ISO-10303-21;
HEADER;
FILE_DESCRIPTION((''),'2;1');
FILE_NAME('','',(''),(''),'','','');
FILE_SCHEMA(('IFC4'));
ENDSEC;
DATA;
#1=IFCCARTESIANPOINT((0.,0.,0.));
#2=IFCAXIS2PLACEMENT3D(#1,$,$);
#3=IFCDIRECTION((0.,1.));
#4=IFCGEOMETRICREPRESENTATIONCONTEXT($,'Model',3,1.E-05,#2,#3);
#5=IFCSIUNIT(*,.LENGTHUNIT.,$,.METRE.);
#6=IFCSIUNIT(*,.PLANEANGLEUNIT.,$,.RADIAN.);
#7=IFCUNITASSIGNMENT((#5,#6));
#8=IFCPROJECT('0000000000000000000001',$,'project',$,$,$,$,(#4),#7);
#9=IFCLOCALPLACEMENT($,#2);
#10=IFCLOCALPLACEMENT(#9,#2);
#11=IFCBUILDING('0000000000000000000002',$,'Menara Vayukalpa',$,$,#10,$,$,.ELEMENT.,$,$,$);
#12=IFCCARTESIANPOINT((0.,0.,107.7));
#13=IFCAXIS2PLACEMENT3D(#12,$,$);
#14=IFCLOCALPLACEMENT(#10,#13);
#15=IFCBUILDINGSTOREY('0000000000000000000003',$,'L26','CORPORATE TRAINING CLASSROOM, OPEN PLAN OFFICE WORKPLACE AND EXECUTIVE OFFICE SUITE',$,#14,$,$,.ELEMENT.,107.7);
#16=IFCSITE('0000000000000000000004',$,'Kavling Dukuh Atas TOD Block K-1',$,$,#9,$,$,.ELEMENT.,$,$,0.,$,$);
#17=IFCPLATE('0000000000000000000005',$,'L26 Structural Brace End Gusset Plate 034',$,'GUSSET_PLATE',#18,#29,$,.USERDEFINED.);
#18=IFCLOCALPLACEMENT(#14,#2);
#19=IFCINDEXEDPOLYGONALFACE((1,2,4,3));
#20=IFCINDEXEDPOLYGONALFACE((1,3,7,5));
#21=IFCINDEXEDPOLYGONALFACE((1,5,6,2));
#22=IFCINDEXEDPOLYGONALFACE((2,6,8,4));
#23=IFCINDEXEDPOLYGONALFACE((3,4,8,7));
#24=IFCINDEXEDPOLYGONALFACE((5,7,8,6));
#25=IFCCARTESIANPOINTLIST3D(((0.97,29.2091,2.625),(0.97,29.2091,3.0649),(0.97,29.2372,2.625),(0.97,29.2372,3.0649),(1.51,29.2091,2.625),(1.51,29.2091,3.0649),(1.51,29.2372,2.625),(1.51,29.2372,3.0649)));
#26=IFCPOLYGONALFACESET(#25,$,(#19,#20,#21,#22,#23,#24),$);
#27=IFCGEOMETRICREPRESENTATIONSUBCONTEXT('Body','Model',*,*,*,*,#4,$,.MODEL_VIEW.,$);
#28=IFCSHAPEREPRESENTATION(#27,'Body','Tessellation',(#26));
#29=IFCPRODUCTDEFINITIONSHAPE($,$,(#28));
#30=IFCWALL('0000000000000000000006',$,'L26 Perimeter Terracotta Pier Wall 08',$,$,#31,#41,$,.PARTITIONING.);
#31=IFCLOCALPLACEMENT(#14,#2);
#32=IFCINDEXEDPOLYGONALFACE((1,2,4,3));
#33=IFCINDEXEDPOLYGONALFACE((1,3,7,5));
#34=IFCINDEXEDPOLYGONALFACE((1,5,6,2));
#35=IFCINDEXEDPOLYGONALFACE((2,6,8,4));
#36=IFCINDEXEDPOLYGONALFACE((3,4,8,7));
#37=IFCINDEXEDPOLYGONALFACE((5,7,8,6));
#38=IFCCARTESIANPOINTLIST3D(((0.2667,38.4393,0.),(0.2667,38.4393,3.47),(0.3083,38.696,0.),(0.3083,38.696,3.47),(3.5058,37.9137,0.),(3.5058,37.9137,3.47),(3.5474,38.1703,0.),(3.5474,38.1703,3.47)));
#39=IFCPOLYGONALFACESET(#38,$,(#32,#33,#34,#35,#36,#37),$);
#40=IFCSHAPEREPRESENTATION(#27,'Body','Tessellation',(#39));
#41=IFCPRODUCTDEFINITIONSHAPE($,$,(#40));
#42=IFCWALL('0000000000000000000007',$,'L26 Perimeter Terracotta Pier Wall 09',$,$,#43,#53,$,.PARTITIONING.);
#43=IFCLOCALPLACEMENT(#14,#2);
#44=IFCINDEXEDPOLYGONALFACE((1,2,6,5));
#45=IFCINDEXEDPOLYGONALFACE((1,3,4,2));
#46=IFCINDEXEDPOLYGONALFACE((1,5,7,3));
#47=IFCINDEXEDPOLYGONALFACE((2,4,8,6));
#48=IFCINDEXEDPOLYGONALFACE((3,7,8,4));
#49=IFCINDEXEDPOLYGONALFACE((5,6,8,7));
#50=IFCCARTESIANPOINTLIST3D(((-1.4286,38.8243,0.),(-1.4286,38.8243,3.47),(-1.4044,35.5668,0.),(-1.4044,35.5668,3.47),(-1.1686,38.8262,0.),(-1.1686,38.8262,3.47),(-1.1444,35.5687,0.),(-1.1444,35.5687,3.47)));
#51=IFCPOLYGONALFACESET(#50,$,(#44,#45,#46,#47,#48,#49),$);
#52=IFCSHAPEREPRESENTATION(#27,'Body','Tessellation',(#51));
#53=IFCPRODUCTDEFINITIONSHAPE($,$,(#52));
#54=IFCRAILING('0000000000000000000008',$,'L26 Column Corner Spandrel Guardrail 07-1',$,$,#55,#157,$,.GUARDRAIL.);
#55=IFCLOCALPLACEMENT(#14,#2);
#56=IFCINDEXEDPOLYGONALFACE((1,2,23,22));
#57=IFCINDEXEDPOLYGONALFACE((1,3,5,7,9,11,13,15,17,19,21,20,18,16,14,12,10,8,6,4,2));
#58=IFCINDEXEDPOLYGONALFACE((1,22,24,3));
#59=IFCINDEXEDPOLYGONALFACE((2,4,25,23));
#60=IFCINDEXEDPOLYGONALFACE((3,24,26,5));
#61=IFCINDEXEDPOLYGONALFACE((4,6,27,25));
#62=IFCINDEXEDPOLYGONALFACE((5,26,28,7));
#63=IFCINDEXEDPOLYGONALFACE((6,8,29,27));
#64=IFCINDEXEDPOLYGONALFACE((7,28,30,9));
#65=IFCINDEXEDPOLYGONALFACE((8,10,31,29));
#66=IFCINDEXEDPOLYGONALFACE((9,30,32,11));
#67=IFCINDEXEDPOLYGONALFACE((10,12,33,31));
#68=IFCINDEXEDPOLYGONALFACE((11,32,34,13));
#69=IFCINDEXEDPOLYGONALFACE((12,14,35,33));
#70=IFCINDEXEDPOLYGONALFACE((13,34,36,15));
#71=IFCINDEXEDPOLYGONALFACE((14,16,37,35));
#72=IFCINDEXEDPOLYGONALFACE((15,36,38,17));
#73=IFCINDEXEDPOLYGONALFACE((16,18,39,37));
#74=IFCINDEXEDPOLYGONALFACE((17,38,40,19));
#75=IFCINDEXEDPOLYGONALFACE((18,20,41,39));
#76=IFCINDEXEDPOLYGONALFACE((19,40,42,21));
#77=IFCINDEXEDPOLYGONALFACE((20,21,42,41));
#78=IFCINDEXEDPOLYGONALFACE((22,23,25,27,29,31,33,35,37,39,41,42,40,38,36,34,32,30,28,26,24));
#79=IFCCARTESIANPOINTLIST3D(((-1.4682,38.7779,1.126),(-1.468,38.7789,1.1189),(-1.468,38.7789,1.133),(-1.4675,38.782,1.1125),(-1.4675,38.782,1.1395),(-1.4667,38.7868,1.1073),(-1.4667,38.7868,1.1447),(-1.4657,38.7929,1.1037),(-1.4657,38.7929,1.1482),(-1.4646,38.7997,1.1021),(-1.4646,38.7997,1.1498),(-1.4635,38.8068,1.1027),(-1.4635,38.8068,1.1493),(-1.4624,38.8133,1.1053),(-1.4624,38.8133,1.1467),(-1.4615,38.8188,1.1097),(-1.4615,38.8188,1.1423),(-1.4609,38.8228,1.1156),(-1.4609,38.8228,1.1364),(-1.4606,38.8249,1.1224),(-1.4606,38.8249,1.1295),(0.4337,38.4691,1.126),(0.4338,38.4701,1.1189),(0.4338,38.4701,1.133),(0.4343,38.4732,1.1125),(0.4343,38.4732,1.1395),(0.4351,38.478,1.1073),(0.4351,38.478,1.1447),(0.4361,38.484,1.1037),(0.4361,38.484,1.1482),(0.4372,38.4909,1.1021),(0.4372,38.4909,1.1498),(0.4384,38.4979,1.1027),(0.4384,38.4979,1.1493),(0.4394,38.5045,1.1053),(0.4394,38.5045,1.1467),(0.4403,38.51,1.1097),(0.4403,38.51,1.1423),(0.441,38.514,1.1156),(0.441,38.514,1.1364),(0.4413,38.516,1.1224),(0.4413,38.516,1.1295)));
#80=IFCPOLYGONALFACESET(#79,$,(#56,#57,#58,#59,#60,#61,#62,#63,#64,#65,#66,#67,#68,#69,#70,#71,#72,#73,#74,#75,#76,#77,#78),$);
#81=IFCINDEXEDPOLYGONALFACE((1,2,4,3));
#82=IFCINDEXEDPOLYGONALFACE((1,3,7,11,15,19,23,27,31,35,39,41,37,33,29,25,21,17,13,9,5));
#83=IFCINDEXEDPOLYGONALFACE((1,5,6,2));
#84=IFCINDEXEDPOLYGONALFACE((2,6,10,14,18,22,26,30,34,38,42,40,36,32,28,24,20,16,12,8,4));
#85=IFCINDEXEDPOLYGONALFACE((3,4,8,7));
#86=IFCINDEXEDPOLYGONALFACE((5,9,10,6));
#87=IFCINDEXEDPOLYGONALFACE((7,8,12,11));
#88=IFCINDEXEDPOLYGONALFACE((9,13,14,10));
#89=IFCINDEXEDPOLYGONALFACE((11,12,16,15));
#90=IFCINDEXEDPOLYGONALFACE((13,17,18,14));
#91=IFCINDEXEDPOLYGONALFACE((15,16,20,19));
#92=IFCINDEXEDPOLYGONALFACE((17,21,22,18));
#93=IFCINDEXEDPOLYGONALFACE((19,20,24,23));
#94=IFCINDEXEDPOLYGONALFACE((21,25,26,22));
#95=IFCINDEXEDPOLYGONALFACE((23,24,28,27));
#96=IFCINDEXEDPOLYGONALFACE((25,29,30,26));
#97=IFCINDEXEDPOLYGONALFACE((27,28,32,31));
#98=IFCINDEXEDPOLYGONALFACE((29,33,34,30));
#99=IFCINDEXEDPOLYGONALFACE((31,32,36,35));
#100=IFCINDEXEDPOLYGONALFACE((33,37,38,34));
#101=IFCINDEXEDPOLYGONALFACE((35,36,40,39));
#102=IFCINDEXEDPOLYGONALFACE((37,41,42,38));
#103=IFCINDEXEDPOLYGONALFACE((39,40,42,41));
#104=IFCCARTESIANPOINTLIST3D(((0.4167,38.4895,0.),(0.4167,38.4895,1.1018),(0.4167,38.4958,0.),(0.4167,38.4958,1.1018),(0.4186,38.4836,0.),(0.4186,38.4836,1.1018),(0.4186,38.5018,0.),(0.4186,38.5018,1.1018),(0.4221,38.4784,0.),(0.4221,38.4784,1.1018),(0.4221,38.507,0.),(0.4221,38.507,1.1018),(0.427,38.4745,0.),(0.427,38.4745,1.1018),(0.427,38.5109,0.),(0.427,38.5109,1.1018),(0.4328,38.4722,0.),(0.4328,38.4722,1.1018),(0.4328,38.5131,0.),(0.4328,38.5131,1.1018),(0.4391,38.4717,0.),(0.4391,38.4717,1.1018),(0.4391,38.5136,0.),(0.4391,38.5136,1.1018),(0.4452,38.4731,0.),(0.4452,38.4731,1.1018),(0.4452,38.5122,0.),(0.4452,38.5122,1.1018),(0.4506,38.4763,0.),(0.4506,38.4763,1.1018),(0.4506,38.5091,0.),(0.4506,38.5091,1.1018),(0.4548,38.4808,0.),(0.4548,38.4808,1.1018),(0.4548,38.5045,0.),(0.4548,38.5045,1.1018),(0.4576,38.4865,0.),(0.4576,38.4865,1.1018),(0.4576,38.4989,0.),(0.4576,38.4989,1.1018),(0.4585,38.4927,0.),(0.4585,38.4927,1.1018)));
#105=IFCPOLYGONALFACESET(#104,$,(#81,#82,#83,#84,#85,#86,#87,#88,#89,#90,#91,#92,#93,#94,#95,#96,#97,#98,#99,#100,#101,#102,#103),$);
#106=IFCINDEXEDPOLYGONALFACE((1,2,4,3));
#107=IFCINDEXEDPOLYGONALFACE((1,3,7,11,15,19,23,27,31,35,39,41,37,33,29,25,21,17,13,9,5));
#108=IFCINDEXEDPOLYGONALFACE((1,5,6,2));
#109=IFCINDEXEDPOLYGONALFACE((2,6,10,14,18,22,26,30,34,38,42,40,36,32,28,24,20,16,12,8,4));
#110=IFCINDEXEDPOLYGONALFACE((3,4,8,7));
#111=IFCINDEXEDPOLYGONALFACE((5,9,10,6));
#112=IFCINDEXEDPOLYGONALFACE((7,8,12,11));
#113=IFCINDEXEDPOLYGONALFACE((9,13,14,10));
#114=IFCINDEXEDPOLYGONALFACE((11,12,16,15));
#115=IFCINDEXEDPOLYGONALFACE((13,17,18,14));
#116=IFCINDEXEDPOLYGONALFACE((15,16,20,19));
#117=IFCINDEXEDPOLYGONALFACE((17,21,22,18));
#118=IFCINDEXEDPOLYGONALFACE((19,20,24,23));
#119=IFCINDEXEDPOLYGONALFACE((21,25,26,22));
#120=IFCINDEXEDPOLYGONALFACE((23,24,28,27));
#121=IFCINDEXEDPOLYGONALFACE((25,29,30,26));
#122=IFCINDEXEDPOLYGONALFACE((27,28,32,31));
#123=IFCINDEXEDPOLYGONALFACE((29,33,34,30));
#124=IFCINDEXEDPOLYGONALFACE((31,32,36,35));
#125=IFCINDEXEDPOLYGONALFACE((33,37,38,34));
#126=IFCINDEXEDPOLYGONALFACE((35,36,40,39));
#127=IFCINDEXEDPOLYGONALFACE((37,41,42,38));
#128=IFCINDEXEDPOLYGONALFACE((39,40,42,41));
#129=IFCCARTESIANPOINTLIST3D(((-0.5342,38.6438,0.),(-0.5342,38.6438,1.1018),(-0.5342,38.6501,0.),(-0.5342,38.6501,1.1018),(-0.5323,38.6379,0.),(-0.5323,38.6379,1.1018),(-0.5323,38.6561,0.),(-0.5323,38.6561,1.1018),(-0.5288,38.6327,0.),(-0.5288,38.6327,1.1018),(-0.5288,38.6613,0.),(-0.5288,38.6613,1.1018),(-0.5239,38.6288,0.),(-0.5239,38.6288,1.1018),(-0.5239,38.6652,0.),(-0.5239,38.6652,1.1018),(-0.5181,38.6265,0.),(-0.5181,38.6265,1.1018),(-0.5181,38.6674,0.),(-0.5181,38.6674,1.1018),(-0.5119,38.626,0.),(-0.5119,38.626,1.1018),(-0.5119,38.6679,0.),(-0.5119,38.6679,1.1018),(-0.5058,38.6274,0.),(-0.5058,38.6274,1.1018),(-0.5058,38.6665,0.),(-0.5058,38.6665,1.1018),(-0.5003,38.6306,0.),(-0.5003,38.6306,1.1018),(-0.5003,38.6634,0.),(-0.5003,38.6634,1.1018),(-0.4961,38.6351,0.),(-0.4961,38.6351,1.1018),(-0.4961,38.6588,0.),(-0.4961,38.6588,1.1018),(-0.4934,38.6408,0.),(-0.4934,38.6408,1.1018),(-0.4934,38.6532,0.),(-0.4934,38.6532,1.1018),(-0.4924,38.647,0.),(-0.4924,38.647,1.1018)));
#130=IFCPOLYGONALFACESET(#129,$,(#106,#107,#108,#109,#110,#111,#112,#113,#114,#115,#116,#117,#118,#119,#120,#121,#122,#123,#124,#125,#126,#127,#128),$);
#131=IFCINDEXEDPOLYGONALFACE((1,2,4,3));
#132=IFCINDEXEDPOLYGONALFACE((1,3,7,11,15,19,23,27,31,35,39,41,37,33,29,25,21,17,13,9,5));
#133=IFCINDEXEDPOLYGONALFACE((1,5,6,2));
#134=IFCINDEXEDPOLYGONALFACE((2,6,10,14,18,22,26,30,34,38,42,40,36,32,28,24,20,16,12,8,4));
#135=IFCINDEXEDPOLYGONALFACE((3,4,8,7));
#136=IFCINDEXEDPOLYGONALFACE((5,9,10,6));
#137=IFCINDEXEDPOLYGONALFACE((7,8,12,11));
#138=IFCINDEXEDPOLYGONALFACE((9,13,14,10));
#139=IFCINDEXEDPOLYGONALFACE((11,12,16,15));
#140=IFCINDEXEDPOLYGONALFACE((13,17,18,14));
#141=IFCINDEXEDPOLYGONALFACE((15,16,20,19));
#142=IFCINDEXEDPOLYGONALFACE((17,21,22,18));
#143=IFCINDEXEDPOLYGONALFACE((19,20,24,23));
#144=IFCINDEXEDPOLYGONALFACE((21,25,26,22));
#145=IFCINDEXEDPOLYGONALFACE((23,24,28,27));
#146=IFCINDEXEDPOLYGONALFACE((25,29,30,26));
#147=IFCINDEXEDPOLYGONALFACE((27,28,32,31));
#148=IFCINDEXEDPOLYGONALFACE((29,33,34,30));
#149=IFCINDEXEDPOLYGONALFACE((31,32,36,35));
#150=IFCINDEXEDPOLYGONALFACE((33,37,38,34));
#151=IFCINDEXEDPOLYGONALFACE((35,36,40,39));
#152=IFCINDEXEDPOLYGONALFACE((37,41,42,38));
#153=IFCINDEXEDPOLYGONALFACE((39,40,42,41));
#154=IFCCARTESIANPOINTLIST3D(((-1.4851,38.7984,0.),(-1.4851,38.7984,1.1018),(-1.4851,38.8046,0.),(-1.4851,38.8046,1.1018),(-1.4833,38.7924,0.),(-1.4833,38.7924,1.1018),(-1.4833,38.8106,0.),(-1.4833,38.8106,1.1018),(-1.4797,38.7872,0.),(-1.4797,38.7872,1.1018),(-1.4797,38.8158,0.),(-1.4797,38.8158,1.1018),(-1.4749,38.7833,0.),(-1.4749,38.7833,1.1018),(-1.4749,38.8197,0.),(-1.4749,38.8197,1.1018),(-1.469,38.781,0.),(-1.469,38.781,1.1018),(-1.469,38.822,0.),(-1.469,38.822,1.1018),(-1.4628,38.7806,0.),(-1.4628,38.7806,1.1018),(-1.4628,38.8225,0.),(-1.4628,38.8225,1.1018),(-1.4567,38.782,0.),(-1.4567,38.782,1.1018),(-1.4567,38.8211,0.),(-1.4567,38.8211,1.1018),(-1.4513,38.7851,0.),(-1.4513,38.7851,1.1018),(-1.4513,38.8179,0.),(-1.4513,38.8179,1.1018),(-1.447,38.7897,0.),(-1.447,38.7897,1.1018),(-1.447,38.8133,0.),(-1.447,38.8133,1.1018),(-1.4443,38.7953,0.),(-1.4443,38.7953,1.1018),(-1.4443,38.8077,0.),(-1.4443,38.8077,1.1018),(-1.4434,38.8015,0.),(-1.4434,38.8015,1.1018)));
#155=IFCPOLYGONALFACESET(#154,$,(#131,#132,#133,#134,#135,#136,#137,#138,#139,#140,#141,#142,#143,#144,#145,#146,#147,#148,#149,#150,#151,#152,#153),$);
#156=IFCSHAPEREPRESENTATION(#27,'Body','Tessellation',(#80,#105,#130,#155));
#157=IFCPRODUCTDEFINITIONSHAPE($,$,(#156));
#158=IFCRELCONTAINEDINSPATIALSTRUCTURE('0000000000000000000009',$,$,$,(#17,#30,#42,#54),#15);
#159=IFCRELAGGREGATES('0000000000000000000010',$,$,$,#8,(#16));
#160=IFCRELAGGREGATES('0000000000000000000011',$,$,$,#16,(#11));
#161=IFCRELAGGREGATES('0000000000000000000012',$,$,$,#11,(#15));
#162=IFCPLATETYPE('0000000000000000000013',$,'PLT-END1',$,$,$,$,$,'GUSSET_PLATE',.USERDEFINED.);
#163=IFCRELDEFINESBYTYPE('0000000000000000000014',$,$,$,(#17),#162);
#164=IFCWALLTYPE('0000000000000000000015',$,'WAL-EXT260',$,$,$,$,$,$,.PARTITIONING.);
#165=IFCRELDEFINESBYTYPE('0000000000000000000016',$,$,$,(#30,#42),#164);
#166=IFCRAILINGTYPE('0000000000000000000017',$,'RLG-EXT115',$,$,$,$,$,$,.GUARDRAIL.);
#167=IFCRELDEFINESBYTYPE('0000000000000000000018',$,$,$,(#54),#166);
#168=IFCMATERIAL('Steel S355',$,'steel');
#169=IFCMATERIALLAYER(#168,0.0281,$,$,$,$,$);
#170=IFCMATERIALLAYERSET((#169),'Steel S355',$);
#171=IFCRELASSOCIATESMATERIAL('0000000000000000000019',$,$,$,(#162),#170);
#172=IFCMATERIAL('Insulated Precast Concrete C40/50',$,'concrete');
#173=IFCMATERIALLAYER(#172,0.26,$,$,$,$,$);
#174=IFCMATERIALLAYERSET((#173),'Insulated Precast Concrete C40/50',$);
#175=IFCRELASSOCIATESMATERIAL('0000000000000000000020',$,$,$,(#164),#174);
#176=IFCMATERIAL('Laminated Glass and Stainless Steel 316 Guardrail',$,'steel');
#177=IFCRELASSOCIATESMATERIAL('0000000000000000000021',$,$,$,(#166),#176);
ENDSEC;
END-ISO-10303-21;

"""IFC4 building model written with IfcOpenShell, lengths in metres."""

from ifc_helpers import new_model, si_unit, direction, frame, frame_2d, origin, origin_2d, place, context, subcontext, project, spatial, rectangle, circle, extrude, material, layer, layer_set, type_object, element, save


model = new_model("IFC4")

# Units and contexts
model_context = context("Model", 3, precision=1e-05, world=origin(), true_north=direction((0.0, 1.0)))
body_context = subcontext(model_context, "Body", "Model", "MODEL_VIEW")
ifc_project = project(units=[si_unit("LENGTHUNIT", "METRE"), si_unit("PLANEANGLEUNIT", "RADIAN")], contexts=[model_context])

# Site, building, storey
site_placement = place(None, origin())
site = spatial("IfcSite", under=ifc_project, at=site_placement, Name="Kavling Dukuh Atas TOD Block K-1", CompositionType="ELEMENT", RefElevation=0.0)
building_placement = place(site_placement, origin())
building = spatial("IfcBuilding", under=site, at=building_placement, Name="Menara Vayukalpa", CompositionType="ELEMENT")
storey_placement = place(building_placement, frame((0.0, 0.0, 107.7)))
storey = spatial("IfcBuildingStorey", under=building, at=storey_placement, Name="L26", Description="CORPORATE TRAINING CLASSROOM, OPEN PLAN OFFICE WORKPLACE AND EXECUTIVE OFFICE SUITE", CompositionType="ELEMENT", Elevation=107.7)

# Plate
ifc_material_1 = material(Name="Steel S355", Category="steel")
ifc_layer_1 = layer(ifc_material_1, 0.0281)
ifc_layer_set_1 = layer_set([ifc_layer_1], Name="Steel S355")
plate_type_1 = type_object("IfcPlateType", Name="PLT-END1", ElementType="GUSSET_PLATE", PredefinedType="USERDEFINED", material=ifc_layer_set_1)
plate_1_placement = place(storey_placement, frame((1.24, 29.2231, 2.625), z_axis=(0.0, 0.0, 1.0), x_axis=(1.0, 0.0, 0.0)))
element("IfcPlate", 1, at=plate_1_placement, inside=storey, type_object=plate_type_1, Name="L26 Structural Brace End Gusset Plate 034", ObjectType="GUSSET_PLATE", PredefinedType="USERDEFINED", context=body_context, shape_type="SweptSolid", body=[
    extrude(rectangle(XDim=0.54, YDim=0.0281, at=origin_2d()), origin(), (0.0, 0.0, 1.0), 0.4399),
])

# Walls
ifc_material_2 = material(Name="Insulated Precast Concrete C40/50", Category="concrete")
ifc_layer_2 = layer(ifc_material_2, 0.26)
ifc_layer_set_2 = layer_set([ifc_layer_2], Name="Insulated Precast Concrete C40/50")
wall_type = type_object("IfcWallType", Name="WAL-EXT260", PredefinedType="PARTITIONING", material=ifc_layer_set_2)
wall_1_placement = place(storey_placement, frame((0.2876, 38.5676, 0.0), z_axis=(0.0, 0.0, 1.0), x_axis=(0.987087, -0.160187, 0.0)))
element("IfcWall", 2, at=wall_1_placement, inside=storey, type_object=wall_type, Name="L26 Perimeter Terracotta Pier Wall 08", PredefinedType="PARTITIONING", context=body_context, shape_type="SweptSolid", body=[
    extrude(rectangle(XDim=3.2815, YDim=0.26, at=frame_2d((1.6406, 0.0))), origin(), (0.0, 0.0, 1.0), 3.47),
])
wall_2_placement = place(storey_placement, frame((-1.2744, 35.5676, 0.0), z_axis=(0.0, 0.0, 1.0), x_axis=(-0.007419, 0.999972, 0.0)))
element("IfcWall", 3, at=wall_2_placement, inside=storey, type_object=wall_type, Name="L26 Perimeter Terracotta Pier Wall 09", PredefinedType="PARTITIONING", context=body_context, shape_type="SweptSolid", body=[
    extrude(rectangle(XDim=3.2576, YDim=0.26, at=frame_2d((1.6289, 0.0))), origin(), (0.0, 0.0, 1.0), 3.47),
])

# Railing
ifc_material_3 = material(Name="Laminated Glass and Stainless Steel 316 Guardrail", Category="steel")
railing_type = type_object("IfcRailingType", Name="RLG-EXT115", PredefinedType="GUARDRAIL", material=ifc_material_3)
railing_placement = place(storey_placement, frame((0.4375, 38.4927, 0.0)))
element("IfcRailing", 4, at=railing_placement, inside=storey, type_object=railing_type, Name="L26 Column Corner Spandrel Guardrail 07-1", PredefinedType="GUARDRAIL", context=body_context, shape_type="SweptSolid", body=[
    extrude(circle(Radius=0.0239, at=origin_2d()), frame((0.0, 0.0, 1.126), z_axis=(-0.98707, 0.160288, 0.0), x_axis=(-0.160288, -0.98707, 0.0)), (0.0, 0.0, 1.0), 1.9268),
    extrude(circle(Radius=0.021, at=origin_2d()), origin(), (0.0, 0.0, 1.0), 1.1018),
    extrude(circle(Radius=0.021, at=origin_2d()), frame((-0.9509, 0.1543, 0.0)), (0.0, 0.0, 1.0), 1.1018),
    extrude(circle(Radius=0.021, at=origin_2d()), frame((-1.9019, 0.3088, 0.0)), (0.0, 0.0, 1.0), 1.1018),
])

save(model, "model.ifc")
